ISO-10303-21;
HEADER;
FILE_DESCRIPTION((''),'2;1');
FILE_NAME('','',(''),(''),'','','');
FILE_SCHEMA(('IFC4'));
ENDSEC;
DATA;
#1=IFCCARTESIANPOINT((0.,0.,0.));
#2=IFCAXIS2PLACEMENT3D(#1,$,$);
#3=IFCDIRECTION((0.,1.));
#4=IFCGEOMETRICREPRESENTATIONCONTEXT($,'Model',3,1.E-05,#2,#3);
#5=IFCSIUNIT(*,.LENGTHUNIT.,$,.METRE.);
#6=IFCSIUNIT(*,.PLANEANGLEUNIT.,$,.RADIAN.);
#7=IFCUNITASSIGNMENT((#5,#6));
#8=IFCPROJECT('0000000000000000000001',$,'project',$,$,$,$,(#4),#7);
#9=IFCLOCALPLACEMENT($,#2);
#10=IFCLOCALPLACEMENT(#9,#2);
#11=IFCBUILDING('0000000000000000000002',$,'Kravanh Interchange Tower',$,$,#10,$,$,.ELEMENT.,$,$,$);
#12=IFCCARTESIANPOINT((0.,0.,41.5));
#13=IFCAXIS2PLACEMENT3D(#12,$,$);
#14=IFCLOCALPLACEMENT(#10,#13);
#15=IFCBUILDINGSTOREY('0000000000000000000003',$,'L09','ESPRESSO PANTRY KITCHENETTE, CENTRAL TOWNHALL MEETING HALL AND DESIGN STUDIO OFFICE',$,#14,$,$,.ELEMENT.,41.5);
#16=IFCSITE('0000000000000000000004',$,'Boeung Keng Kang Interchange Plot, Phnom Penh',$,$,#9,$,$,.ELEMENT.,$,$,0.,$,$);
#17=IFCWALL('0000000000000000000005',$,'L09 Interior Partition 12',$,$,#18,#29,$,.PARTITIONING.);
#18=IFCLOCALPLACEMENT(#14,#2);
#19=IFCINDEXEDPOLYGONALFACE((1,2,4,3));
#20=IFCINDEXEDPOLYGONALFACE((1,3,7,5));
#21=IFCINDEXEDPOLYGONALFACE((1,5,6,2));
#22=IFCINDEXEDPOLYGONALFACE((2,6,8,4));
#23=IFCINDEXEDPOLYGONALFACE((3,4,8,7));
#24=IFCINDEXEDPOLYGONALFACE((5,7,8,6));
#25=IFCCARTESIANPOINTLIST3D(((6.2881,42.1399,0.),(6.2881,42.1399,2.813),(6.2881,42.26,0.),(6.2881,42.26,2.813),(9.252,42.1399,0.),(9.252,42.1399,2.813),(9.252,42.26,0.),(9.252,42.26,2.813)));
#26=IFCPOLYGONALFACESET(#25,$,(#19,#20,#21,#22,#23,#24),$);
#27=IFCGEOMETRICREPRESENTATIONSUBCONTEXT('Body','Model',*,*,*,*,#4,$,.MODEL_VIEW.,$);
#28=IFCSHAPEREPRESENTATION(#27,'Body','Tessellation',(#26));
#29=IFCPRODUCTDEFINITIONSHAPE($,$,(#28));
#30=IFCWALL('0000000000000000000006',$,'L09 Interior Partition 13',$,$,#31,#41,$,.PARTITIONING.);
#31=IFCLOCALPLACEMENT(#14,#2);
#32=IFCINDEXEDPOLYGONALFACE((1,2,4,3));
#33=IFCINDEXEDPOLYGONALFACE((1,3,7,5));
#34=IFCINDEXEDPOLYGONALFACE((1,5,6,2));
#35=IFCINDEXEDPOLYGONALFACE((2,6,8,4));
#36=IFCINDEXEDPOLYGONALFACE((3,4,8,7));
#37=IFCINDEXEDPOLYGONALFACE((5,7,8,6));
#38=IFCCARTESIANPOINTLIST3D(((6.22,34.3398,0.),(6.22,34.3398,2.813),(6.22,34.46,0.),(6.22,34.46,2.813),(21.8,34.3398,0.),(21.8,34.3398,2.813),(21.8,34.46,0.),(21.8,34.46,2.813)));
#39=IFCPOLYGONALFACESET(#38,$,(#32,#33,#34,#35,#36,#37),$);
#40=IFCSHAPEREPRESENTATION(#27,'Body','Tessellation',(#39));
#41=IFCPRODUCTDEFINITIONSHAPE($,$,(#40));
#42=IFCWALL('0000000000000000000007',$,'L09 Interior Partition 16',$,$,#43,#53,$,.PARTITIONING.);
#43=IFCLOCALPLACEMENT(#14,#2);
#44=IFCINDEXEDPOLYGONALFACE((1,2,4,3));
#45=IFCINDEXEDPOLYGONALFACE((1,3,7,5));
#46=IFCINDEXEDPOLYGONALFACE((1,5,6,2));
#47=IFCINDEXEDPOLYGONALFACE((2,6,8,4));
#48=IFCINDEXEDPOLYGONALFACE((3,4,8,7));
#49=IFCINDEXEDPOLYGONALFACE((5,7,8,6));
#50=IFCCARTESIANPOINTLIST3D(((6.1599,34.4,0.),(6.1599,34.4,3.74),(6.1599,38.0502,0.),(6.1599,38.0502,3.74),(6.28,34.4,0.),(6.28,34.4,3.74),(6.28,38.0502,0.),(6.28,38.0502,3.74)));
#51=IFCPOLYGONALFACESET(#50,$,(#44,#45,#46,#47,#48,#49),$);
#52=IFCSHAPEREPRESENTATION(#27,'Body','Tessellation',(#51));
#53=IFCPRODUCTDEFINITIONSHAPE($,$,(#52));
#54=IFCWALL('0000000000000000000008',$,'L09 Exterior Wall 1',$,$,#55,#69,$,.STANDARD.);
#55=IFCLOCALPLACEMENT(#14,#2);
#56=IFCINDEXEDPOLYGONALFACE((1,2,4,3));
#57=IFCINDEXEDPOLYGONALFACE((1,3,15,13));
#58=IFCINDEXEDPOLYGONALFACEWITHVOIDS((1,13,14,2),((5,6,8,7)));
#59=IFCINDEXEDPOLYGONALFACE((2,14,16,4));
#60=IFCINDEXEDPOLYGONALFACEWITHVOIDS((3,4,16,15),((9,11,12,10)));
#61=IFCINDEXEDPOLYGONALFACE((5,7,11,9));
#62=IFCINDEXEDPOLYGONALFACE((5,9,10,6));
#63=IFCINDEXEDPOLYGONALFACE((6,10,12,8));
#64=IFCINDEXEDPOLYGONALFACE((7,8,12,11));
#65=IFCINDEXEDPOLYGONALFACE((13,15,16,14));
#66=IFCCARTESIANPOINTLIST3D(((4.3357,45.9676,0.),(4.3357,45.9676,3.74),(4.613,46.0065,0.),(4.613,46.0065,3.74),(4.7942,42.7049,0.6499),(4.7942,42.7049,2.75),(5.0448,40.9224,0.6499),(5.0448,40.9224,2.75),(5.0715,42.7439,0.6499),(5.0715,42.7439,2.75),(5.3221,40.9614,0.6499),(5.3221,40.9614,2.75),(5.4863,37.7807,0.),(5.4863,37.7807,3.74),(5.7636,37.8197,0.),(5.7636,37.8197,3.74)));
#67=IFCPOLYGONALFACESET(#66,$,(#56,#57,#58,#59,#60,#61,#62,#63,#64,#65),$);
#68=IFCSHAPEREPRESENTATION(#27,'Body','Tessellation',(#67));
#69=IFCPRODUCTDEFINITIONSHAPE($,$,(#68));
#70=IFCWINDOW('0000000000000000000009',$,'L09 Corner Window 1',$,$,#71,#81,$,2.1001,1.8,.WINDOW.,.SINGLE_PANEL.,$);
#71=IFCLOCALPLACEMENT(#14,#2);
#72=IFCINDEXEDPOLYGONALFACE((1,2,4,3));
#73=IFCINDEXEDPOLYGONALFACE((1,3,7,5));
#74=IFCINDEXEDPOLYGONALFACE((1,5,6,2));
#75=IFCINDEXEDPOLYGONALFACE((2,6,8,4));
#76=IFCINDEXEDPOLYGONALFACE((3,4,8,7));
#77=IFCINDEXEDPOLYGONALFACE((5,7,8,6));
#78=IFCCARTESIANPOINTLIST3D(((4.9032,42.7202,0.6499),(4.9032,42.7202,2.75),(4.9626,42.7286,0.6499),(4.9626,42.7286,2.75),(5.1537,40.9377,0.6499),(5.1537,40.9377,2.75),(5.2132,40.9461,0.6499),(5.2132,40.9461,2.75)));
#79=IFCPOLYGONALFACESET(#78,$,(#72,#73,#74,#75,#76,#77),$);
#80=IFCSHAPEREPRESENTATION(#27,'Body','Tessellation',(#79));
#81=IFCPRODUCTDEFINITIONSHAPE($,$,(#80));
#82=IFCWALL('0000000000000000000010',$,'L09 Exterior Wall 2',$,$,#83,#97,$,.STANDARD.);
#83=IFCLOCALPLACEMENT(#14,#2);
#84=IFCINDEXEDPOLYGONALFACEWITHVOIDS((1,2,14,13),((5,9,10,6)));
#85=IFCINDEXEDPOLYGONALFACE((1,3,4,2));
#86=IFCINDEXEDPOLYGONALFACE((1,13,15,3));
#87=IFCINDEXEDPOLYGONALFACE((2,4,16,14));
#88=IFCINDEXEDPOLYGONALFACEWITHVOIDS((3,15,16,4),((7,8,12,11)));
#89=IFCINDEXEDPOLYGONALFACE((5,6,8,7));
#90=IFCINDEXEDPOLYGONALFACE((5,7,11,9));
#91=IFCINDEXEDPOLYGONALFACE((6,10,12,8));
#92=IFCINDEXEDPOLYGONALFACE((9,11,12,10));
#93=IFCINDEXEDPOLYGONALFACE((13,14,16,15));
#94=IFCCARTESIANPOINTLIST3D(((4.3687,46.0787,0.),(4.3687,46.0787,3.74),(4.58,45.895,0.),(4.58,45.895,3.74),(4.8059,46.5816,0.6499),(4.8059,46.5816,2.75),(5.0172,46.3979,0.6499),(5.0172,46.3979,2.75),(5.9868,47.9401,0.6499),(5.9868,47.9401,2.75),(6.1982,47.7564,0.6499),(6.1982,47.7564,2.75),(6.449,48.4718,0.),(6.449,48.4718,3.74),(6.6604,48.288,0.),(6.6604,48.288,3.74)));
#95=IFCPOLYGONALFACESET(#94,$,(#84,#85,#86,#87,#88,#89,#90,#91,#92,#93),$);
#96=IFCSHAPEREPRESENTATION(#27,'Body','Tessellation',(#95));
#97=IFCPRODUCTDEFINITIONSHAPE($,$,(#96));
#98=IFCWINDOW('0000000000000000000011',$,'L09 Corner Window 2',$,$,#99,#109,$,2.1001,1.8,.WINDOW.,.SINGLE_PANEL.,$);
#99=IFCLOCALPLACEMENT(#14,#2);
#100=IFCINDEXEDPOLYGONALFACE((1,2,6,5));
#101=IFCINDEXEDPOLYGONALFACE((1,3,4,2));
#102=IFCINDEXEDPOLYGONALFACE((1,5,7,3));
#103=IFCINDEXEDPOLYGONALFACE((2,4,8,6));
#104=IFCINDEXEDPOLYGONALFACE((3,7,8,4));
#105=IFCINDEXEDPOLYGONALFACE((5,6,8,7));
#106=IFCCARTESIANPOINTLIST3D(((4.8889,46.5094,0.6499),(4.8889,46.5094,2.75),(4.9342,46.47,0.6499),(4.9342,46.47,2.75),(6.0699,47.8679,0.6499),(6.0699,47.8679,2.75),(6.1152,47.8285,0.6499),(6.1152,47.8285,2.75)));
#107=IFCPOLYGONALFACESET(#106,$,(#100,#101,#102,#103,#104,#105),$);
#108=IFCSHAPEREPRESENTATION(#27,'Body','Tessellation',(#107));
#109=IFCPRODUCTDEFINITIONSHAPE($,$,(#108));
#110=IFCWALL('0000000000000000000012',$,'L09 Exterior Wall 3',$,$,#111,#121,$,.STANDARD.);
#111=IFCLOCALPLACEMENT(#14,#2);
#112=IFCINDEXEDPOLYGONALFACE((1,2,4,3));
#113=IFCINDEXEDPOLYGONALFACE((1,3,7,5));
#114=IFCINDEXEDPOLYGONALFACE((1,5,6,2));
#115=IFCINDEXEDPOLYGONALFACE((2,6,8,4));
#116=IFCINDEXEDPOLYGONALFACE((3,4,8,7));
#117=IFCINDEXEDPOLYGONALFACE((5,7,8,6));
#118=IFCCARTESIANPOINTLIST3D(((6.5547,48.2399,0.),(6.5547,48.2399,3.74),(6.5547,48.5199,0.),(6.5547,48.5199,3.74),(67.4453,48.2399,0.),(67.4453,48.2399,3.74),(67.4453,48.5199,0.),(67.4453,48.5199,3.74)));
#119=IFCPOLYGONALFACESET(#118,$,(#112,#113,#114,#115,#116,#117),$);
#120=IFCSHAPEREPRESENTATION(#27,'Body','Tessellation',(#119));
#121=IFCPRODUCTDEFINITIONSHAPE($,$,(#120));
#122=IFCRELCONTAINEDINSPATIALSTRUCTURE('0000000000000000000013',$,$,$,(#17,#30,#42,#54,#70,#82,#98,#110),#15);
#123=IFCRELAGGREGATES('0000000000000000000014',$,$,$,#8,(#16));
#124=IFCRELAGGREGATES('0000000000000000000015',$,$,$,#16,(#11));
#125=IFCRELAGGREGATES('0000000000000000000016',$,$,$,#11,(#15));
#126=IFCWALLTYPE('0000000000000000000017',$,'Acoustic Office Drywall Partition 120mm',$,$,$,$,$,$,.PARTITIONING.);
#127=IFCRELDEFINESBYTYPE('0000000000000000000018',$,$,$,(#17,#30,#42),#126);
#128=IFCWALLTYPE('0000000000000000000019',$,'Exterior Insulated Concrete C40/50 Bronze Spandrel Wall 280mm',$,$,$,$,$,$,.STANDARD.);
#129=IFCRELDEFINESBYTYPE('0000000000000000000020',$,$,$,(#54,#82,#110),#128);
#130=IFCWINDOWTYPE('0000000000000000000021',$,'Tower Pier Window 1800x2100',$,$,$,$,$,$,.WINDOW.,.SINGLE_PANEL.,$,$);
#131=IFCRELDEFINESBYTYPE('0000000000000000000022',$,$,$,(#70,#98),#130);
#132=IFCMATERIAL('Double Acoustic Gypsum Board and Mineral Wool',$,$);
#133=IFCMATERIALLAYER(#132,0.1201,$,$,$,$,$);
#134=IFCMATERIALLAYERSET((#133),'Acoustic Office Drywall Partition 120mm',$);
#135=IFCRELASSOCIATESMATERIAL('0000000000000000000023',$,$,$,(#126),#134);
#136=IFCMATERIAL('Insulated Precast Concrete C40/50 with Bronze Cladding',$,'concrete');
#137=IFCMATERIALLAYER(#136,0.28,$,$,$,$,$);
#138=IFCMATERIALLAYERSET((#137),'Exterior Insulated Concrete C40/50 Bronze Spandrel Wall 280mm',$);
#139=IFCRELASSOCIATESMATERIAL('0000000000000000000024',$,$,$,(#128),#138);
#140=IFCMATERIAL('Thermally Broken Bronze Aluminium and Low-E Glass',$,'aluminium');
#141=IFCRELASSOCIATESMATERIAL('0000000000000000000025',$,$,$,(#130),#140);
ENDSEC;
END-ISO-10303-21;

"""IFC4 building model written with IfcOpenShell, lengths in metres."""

from ifc_helpers import new_model, si_unit, direction, frame, frame_2d, origin, place, context, subcontext, project, spatial, rectangle, extrude, material, layer, layer_set, type_object, element, fill, save


model = new_model("IFC4")

# Units and contexts
model_context = context("Model", 3, precision=1e-05, world=origin(), true_north=direction((0.0, 1.0)))
body_context = subcontext(model_context, "Body", "Model", "MODEL_VIEW")
ifc_project = project(units=[si_unit("LENGTHUNIT", "METRE"), si_unit("PLANEANGLEUNIT", "RADIAN")], contexts=[model_context])

# Site, building, storey
site_placement = place(None, origin())
site = spatial("IfcSite", under=ifc_project, at=site_placement, Name="Boeung Keng Kang Interchange Plot, Phnom Penh", CompositionType="ELEMENT", RefElevation=0.0)
building_placement = place(site_placement, origin())
building = spatial("IfcBuilding", under=site, at=building_placement, Name="Kravanh Interchange Tower", CompositionType="ELEMENT")
storey_placement = place(building_placement, frame((0.0, 0.0, 41.5)))
storey = spatial("IfcBuildingStorey", under=building, at=storey_placement, Name="L09", Description="ESPRESSO PANTRY KITCHENETTE, CENTRAL TOWNHALL MEETING HALL AND DESIGN STUDIO OFFICE", CompositionType="ELEMENT", Elevation=41.5)

# Shared definitions
ifc_material_1 = material(Name="Double Acoustic Gypsum Board and Mineral Wool")
ifc_layer_1 = layer(ifc_material_1, 0.1201)
ifc_layer_set_1 = layer_set([ifc_layer_1], Name="Acoustic Office Drywall Partition 120mm")
wall_type_1 = type_object("IfcWallType", Name="Acoustic Office Drywall Partition 120mm", PredefinedType="PARTITIONING", material=ifc_layer_set_1)

# Walls
wall_1_placement = place(storey_placement, frame((6.2881, 42.2, 0.0), z_axis=(0.0, 0.0, 1.0), x_axis=(1.0, 0.0, 0.0)))
element("IfcWall", 1, at=wall_1_placement, inside=storey, type_object=wall_type_1, Name="L09 Interior Partition 12", PredefinedType="PARTITIONING", context=body_context, shape_type="SweptSolid", body=[
    extrude(rectangle(XDim=2.9639, YDim=0.1201, at=frame_2d((1.4819, 0.0))), origin(), (0.0, 0.0, 1.0), 2.813),
])
wall_2_placement = place(storey_placement, frame((6.22, 34.3999, 0.0), z_axis=(0.0, 0.0, 1.0), x_axis=(1.0, 0.0, 0.0)))
element("IfcWall", 2, at=wall_2_placement, inside=storey, type_object=wall_type_1, Name="L09 Interior Partition 13", PredefinedType="PARTITIONING", context=body_context, shape_type="SweptSolid", body=[
    extrude(rectangle(XDim=15.5801, YDim=0.1201, at=frame_2d((7.79, 0.0))), origin(), (0.0, 0.0, 1.0), 2.813),
])
wall_3_placement = place(storey_placement, frame((6.22, 34.3999, 0.0), z_axis=(0.0, 0.0, 1.0), x_axis=(0.0, 1.0, 0.0)))
element("IfcWall", 3, at=wall_3_placement, inside=storey, type_object=wall_type_1, Name="L09 Interior Partition 16", PredefinedType="PARTITIONING", context=body_context, shape_type="SweptSolid", body=[
    extrude(rectangle(XDim=3.6501, YDim=0.1201, at=frame_2d((1.8252, 0.0))), origin(), (0.0, 0.0, 1.0), 3.74),
])

# Walls, openings, windows
ifc_material_2 = material(Name="Insulated Precast Concrete C40/50 with Bronze Cladding", Category="concrete")
ifc_layer_2 = layer(ifc_material_2, 0.28)
ifc_layer_set_2 = layer_set([ifc_layer_2], Name="Exterior Insulated Concrete C40/50 Bronze Spandrel Wall 280mm")
wall_type_2 = type_object("IfcWallType", Name="Exterior Insulated Concrete C40/50 Bronze Spandrel Wall 280mm", PredefinedType="STANDARD", material=ifc_layer_set_2)
wall_4_placement = place(storey_placement, frame((5.625, 37.8, 0.0), z_axis=(0.0, 0.0, 1.0), x_axis=(-0.13918, 0.990267, 0.0)))
wall_4 = element("IfcWall", 4, at=wall_4_placement, inside=storey, type_object=wall_type_2, Name="L09 Exterior Wall 1", PredefinedType="STANDARD", context=body_context, shape_type="SweptSolid", body=[
    extrude(rectangle(XDim=8.2673, YDim=0.28, at=frame_2d((4.1338, 0.0))), origin(), (0.0, 0.0, 1.0), 3.74),
])
opening_1_placement = place(wall_4_placement, frame((3.1729, 0.0, 0.6499)))
opening_1 = element("IfcOpeningElement", 5, at=opening_1_placement, cuts=wall_4, PredefinedType="OPENING", context=body_context, shape_type="SweptSolid", body=[
    extrude(rectangle(XDim=1.8, YDim=2.1001, at=frame_2d((0.8999, 1.05))), frame((0.0, 0.1499, 0.0), z_axis=(0.0, -1.0, 0.0), x_axis=(1.0, 0.0, 0.0)), (0.0, 0.0, 1.0), 0.3),
])
ifc_material_3 = material(Name="Thermally Broken Bronze Aluminium and Low-E Glass", Category="aluminium")
window_type = type_object("IfcWindowType", Name="Tower Pier Window 1800x2100", PartitioningType="SINGLE_PANEL", PredefinedType="WINDOW", material=ifc_material_3)
window_1_placement = place(opening_1_placement, origin())
window_1 = element("IfcWindow", 6, at=window_1_placement, inside=storey, type_object=window_type, Name="L09 Corner Window 1", OverallHeight=2.1001, OverallWidth=1.8, PartitioningType="SINGLE_PANEL", PredefinedType="WINDOW", context=body_context, shape_type="SweptSolid", body=[
    extrude(rectangle(XDim=1.8, YDim=2.1001, at=frame_2d((0.8999, 1.05))), frame((0.0, 0.03, 0.0), z_axis=(0.0, -1.0, 0.0), x_axis=(1.0, 0.0, 0.0)), (0.0, 0.0, 1.0), 0.0601),
])
fill(opening_1, window_1)
wall_5_placement = place(storey_placement, frame((4.4744, 45.9868, 0.0), z_axis=(0.0, 0.0, 1.0), x_axis=(0.65607, 0.7547, 0.0)))
wall_5 = element("IfcWall", 7, at=wall_5_placement, inside=storey, type_object=wall_type_2, Name="L09 Exterior Wall 2", PredefinedType="STANDARD", context=body_context, shape_type="SweptSolid", body=[
    extrude(rectangle(XDim=3.1709, YDim=0.28, at=frame_2d((1.5854, 0.0))), origin(), (0.0, 0.0, 1.0), 3.74),
])
opening_2_placement = place(wall_5_placement, frame((0.6665, 0.0, 0.6499)))
opening_2 = element("IfcOpeningElement", 8, at=opening_2_placement, cuts=wall_5, PredefinedType="OPENING", context=body_context, shape_type="SweptSolid", body=[
    extrude(rectangle(XDim=1.8, YDim=2.1001, at=frame_2d((0.8999, 1.05))), frame((0.0, 0.1499, 0.0), z_axis=(0.0, -1.0, 0.0), x_axis=(1.0, 0.0, 0.0)), (0.0, 0.0, 1.0), 0.3),
])
window_2_placement = place(opening_2_placement, origin())
window_2 = element("IfcWindow", 9, at=window_2_placement, inside=storey, type_object=window_type, Name="L09 Corner Window 2", OverallHeight=2.1001, OverallWidth=1.8, PartitioningType="SINGLE_PANEL", PredefinedType="WINDOW", context=body_context, shape_type="SweptSolid", body=[
    extrude(rectangle(XDim=1.8, YDim=2.1001, at=frame_2d((0.8999, 1.05))), frame((0.0, 0.03, 0.0), z_axis=(0.0, -1.0, 0.0), x_axis=(1.0, 0.0, 0.0)), (0.0, 0.0, 1.0), 0.0601),
])
fill(opening_2, window_2)

# Wall
wall_6_placement = place(storey_placement, frame((6.5547, 48.3799, 0.0), z_axis=(0.0, 0.0, 1.0), x_axis=(1.0, 0.0, 0.0)))
element("IfcWall", 10, at=wall_6_placement, inside=storey, type_object=wall_type_2, Name="L09 Exterior Wall 3", PredefinedType="STANDARD", context=body_context, shape_type="SweptSolid", body=[
    extrude(rectangle(XDim=60.8906, YDim=0.28, at=frame_2d((30.4453, 0.0))), origin(), (0.0, 0.0, 1.0), 3.74),
])

save(model, "model.ifc")
